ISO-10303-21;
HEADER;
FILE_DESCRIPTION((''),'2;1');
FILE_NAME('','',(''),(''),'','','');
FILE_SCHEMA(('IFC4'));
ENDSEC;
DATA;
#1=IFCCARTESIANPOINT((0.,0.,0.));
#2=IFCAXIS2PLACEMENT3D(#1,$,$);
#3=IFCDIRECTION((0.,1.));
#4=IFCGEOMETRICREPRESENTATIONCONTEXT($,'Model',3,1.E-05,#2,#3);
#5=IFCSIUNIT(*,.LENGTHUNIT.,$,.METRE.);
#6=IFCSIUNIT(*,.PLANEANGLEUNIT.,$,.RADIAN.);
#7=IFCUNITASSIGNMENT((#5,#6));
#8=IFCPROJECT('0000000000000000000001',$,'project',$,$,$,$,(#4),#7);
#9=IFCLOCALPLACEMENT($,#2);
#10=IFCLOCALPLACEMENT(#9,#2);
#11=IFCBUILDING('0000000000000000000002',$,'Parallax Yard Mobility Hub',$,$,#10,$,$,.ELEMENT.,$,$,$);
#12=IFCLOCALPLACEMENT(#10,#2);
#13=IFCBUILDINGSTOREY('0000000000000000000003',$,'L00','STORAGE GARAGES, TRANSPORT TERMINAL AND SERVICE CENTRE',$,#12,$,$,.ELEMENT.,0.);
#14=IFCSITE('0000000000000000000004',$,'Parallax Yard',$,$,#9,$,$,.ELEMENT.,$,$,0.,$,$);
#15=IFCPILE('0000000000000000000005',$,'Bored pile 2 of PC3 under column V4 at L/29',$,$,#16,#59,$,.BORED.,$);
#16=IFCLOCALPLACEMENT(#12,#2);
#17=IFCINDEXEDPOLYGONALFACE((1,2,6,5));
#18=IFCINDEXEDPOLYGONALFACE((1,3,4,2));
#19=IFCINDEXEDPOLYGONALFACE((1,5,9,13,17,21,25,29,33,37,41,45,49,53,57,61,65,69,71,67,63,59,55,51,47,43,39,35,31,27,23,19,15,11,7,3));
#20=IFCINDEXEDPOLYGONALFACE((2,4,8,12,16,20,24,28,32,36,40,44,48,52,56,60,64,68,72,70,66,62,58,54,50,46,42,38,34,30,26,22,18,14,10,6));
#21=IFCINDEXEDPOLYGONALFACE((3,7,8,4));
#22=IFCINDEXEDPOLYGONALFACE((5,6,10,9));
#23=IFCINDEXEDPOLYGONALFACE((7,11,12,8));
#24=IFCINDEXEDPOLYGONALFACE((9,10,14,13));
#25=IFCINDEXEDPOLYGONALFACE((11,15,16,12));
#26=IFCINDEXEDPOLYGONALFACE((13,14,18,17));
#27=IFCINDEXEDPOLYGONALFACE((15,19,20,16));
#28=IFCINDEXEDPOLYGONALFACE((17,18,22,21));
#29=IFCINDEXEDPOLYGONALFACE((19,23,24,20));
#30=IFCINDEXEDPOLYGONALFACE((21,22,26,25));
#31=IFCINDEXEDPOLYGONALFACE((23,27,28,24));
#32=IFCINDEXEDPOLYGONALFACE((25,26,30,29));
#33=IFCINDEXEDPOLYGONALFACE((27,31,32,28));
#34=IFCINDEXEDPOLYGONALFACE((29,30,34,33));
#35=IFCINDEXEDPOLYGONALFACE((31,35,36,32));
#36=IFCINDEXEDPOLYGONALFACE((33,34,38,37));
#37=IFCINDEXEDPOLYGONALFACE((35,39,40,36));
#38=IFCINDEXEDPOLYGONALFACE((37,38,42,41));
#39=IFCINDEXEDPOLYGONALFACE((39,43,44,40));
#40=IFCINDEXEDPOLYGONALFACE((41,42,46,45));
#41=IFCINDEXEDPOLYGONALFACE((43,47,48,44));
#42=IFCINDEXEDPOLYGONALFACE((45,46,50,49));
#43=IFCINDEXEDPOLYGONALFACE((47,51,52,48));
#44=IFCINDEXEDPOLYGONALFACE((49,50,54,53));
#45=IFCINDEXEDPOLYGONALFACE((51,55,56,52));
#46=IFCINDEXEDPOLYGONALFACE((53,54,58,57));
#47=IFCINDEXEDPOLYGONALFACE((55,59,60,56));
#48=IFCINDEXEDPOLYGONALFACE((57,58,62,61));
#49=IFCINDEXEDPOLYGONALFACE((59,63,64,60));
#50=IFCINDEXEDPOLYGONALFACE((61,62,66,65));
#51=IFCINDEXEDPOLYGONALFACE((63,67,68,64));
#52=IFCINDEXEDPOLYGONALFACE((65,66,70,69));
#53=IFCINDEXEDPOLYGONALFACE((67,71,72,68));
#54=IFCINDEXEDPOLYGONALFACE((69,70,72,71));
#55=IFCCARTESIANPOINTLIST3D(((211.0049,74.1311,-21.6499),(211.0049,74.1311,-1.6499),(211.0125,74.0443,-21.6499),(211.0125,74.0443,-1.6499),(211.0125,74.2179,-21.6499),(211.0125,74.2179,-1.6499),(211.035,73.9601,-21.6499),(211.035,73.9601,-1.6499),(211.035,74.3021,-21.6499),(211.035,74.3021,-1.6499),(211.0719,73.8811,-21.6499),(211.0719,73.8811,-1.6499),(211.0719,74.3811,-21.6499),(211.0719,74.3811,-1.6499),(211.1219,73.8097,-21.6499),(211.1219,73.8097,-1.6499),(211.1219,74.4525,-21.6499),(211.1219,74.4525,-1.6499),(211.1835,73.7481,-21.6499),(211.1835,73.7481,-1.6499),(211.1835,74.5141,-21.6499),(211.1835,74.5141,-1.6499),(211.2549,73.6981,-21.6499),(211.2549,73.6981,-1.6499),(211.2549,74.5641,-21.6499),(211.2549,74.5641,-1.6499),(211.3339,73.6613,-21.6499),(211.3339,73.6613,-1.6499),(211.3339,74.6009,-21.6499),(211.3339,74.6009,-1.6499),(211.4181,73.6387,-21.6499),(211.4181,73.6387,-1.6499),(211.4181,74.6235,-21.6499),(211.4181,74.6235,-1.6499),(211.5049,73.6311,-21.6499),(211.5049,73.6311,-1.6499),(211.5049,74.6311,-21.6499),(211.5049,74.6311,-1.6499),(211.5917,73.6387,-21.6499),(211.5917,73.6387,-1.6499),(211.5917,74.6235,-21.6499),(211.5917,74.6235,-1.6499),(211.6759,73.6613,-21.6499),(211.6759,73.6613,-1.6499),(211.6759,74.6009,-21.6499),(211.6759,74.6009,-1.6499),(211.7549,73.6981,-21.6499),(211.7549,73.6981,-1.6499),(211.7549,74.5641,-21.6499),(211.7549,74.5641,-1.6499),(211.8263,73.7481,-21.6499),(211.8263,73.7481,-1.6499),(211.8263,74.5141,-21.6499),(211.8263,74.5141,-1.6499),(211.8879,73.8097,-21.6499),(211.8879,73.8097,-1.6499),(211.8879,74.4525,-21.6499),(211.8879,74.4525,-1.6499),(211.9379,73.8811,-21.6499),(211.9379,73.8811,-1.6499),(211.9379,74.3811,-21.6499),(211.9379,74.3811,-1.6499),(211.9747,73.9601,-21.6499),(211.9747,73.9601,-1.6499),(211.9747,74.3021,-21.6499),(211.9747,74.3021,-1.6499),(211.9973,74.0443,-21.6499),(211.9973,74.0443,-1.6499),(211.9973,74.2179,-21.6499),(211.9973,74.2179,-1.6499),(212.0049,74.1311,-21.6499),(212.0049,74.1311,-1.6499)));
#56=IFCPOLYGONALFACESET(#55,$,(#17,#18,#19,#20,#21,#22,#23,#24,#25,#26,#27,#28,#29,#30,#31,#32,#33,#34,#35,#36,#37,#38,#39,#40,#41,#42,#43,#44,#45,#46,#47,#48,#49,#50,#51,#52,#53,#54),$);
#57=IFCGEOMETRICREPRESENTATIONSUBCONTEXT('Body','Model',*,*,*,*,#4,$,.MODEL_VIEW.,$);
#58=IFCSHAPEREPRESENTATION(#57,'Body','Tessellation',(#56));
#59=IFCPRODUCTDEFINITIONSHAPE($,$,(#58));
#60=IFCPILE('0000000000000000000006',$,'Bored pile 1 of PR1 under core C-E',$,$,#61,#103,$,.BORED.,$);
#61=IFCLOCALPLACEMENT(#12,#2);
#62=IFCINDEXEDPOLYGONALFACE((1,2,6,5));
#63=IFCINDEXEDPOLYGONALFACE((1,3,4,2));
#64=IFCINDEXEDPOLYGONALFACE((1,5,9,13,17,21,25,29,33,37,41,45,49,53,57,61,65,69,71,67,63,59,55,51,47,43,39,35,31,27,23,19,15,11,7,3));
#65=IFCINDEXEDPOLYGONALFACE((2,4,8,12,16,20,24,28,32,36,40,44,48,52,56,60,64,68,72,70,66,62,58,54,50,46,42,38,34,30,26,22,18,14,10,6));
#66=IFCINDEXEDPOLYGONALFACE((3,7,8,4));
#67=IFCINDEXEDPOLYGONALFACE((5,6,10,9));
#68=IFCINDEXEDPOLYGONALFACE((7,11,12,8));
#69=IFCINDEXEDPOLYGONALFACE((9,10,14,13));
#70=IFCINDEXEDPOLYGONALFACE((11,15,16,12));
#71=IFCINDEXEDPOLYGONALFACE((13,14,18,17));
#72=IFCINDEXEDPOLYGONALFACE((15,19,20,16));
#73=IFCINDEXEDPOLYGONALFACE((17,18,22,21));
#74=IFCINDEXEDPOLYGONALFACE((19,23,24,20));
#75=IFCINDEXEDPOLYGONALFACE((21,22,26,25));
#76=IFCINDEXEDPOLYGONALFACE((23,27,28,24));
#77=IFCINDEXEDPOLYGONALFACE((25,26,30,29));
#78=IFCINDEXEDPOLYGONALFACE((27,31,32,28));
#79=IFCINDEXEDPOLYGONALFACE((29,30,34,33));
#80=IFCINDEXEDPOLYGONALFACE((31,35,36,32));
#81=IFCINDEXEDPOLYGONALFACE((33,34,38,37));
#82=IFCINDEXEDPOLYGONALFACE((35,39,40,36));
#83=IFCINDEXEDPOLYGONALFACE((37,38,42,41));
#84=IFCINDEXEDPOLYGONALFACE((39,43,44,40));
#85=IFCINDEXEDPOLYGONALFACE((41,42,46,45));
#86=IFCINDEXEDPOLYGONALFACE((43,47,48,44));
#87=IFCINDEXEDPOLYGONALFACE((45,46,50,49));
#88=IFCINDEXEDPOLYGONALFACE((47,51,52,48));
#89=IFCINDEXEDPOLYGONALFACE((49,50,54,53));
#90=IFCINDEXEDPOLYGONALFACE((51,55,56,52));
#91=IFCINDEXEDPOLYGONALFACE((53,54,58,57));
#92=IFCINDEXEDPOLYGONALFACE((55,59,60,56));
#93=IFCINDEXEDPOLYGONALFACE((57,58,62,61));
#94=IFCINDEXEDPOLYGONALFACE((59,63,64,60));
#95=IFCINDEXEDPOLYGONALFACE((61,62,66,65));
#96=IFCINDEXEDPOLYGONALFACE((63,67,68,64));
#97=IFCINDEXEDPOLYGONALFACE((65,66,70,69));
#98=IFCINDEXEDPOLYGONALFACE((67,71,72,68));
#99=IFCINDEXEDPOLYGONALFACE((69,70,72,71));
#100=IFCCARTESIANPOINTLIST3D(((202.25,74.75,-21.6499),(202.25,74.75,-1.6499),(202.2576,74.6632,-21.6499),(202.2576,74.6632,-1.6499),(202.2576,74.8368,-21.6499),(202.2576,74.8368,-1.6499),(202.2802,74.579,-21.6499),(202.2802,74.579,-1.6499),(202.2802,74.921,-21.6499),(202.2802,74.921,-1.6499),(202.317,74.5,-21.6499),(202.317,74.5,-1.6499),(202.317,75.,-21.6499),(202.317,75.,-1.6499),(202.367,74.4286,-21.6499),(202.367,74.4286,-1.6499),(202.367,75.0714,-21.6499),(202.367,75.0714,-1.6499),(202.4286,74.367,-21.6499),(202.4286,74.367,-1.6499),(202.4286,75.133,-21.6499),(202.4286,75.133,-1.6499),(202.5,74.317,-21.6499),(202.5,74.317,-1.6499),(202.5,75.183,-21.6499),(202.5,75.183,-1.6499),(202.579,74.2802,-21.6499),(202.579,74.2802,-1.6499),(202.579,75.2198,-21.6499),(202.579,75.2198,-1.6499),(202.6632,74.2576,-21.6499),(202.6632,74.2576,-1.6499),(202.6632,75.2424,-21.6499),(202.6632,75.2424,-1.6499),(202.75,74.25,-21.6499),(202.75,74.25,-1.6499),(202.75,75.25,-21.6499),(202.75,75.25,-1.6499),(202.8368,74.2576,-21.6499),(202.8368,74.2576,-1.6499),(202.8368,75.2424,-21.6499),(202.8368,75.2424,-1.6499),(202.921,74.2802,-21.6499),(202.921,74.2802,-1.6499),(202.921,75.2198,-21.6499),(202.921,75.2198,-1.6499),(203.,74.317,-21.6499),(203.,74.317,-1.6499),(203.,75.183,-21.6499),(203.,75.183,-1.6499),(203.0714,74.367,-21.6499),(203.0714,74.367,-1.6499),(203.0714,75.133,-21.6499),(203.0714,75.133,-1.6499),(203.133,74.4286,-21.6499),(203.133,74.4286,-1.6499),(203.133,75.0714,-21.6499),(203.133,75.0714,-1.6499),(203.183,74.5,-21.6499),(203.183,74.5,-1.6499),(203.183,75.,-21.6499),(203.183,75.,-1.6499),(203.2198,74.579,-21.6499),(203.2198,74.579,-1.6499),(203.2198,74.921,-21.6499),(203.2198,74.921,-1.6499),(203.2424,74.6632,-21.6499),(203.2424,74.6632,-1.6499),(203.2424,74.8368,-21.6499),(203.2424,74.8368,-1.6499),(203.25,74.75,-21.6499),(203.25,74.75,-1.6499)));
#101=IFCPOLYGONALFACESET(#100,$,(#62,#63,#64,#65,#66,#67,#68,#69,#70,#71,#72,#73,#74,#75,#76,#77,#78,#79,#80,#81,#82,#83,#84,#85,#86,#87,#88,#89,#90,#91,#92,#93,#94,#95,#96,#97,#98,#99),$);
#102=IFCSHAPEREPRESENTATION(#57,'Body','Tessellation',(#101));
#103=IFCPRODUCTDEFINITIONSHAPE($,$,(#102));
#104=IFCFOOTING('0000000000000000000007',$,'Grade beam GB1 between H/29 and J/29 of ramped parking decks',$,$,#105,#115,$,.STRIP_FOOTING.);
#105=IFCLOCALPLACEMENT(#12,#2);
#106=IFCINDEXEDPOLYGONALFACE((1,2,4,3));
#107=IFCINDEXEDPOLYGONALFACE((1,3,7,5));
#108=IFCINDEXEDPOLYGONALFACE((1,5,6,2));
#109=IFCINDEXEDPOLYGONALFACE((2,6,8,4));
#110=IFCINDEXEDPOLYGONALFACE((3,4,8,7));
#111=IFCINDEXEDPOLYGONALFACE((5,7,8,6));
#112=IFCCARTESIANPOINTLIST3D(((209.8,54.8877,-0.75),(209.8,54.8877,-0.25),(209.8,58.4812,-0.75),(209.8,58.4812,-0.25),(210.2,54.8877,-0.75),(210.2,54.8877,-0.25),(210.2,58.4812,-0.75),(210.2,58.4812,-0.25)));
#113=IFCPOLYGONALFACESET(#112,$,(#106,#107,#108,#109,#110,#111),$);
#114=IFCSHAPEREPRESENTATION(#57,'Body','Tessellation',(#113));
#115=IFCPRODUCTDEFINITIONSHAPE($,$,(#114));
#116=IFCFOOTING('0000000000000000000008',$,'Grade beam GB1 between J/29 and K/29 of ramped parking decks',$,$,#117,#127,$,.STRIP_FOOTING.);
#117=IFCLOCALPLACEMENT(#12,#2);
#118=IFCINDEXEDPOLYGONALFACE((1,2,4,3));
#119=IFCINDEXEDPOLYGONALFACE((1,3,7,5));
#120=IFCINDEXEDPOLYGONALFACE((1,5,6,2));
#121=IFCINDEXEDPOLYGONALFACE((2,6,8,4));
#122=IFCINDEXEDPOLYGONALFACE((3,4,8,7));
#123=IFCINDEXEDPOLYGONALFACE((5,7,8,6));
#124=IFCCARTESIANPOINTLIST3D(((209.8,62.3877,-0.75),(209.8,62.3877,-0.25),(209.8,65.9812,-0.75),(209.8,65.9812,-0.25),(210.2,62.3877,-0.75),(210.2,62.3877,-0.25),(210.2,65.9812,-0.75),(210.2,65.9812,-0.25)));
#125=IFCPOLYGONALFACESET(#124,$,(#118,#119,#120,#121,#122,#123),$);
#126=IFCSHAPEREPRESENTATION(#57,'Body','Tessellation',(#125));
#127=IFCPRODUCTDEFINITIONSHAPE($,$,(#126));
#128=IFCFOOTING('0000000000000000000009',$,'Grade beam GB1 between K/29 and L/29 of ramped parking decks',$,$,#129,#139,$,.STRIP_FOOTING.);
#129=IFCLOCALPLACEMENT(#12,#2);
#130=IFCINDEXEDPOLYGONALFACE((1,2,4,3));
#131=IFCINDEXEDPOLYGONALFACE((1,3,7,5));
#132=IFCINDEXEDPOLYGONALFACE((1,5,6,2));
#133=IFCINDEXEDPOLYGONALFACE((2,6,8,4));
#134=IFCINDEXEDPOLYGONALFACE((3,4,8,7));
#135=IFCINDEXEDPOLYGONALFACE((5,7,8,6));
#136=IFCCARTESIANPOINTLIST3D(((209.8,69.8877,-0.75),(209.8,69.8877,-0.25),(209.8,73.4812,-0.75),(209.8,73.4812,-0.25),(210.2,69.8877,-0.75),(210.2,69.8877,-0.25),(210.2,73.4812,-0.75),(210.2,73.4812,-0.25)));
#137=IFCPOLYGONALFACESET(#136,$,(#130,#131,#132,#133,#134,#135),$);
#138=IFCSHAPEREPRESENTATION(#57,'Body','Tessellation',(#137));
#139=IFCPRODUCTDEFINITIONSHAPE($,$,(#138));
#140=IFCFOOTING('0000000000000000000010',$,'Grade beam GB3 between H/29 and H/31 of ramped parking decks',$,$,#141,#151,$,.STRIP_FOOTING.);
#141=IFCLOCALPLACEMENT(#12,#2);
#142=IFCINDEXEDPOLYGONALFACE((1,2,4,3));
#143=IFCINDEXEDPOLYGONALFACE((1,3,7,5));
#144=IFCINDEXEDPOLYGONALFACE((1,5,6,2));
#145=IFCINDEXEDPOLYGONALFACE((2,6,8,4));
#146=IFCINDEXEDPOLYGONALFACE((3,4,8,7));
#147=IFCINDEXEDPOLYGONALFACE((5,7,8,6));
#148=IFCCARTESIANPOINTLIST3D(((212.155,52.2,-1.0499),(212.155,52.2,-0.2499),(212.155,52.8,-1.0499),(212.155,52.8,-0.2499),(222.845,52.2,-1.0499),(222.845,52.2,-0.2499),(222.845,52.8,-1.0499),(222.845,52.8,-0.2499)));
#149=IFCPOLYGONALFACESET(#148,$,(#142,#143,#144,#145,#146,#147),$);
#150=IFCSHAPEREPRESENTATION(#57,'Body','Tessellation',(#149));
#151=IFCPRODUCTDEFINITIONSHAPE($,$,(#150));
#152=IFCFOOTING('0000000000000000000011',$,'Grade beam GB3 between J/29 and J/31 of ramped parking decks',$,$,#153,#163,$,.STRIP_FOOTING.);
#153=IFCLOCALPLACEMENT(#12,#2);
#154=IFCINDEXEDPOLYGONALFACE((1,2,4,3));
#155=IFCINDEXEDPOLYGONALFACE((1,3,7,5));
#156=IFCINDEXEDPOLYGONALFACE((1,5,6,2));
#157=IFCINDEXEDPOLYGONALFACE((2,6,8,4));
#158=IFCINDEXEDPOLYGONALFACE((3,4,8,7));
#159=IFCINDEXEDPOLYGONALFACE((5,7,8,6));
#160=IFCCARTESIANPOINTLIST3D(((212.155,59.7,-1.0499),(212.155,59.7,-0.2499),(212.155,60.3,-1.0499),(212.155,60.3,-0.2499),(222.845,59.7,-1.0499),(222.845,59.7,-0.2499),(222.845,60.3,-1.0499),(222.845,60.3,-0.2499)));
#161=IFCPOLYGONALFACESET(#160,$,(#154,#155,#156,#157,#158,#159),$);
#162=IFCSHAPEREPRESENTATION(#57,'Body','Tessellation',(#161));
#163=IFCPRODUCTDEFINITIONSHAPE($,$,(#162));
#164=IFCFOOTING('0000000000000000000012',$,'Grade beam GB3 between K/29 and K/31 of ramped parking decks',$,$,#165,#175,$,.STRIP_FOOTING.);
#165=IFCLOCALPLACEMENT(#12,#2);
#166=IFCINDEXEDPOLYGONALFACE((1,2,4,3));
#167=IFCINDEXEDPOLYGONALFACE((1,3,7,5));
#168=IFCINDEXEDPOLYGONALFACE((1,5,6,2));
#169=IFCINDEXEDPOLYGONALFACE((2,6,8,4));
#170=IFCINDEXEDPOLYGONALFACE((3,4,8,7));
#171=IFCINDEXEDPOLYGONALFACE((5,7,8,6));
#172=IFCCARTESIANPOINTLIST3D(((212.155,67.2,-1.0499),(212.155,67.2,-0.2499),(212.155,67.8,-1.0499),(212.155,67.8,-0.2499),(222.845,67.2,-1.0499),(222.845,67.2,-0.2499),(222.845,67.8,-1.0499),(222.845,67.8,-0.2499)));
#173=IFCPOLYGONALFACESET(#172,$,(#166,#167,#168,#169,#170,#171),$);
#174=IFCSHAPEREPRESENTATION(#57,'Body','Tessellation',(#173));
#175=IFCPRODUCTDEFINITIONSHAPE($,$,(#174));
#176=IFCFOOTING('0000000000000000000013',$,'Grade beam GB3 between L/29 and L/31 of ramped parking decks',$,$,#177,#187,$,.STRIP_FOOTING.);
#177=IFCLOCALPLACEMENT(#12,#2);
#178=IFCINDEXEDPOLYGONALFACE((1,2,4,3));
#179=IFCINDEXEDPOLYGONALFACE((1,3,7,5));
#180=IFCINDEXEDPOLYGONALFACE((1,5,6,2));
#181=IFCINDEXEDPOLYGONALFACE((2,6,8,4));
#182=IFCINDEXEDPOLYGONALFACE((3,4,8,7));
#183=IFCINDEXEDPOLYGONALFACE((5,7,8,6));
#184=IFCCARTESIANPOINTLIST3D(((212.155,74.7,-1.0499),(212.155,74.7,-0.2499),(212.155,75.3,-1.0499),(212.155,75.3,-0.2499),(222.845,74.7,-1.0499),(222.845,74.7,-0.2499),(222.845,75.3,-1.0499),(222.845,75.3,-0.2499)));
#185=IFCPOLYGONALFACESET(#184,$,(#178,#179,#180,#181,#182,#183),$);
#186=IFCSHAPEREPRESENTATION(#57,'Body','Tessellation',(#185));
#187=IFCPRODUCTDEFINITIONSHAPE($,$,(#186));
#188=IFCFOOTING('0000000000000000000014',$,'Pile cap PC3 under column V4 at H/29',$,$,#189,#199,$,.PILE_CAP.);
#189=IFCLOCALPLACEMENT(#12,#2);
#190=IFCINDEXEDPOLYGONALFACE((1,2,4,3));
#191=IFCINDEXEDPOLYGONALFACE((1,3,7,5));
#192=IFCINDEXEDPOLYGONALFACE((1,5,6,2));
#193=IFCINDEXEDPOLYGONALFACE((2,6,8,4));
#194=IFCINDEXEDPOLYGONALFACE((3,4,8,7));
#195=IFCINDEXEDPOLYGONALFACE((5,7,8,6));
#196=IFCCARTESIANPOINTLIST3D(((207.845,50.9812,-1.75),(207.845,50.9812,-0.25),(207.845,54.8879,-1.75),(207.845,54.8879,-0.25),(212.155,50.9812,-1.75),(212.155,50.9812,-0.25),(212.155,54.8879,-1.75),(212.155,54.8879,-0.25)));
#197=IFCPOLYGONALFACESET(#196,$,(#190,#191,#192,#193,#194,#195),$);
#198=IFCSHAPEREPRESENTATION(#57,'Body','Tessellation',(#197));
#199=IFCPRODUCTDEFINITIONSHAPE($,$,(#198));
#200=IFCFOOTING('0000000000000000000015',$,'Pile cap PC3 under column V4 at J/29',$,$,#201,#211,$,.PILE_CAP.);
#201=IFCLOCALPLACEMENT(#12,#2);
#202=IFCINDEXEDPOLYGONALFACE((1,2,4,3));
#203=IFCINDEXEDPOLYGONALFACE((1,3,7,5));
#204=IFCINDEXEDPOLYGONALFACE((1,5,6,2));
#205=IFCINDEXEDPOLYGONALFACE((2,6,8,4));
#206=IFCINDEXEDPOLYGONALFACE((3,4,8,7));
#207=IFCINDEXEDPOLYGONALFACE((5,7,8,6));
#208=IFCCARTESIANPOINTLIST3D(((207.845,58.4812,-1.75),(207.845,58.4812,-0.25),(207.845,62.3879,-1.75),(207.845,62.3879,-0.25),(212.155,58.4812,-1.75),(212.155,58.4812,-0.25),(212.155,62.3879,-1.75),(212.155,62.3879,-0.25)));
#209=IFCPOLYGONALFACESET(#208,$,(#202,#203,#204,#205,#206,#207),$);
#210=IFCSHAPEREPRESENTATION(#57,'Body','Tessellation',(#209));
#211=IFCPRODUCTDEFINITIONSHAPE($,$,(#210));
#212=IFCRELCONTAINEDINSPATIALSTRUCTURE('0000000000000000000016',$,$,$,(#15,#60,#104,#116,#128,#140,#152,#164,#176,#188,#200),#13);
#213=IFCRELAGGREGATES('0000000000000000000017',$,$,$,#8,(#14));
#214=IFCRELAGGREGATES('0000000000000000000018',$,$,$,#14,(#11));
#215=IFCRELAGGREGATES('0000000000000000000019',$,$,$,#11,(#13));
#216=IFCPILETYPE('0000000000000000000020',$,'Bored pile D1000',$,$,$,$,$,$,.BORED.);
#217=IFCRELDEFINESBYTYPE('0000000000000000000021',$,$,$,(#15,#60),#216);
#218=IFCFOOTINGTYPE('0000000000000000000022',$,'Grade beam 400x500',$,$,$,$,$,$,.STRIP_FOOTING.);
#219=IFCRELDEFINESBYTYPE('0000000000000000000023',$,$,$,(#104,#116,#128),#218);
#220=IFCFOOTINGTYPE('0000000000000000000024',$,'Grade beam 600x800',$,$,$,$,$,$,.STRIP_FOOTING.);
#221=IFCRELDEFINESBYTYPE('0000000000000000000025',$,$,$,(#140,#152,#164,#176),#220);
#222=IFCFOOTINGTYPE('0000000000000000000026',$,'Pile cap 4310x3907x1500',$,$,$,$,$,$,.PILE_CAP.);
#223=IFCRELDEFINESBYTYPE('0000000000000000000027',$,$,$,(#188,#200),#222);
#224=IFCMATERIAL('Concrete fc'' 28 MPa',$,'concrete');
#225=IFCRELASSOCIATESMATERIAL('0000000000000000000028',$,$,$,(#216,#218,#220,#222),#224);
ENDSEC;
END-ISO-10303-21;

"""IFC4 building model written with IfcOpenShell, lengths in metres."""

from ifc_helpers import new_model, si_unit, direction, frame, origin, origin_2d, place, context, subcontext, project, spatial, rectangle, circle, extrude, material, material_profile, profile_set, type_object, element, save


model = new_model("IFC4")

# Units and contexts
model_context = context("Model", 3, precision=1e-05, world=origin(), true_north=direction((0.0, 1.0)))
body_context = subcontext(model_context, "Body", "Model", "MODEL_VIEW")
ifc_project = project(units=[si_unit("LENGTHUNIT", "METRE"), si_unit("PLANEANGLEUNIT", "RADIAN")], contexts=[model_context])

# Site, building, storey
site_placement = place(None, origin())
site = spatial("IfcSite", under=ifc_project, at=site_placement, Name="Parallax Yard", CompositionType="ELEMENT", RefElevation=0.0)
building_placement = place(site_placement, origin())
building = spatial("IfcBuilding", under=site, at=building_placement, Name="Parallax Yard Mobility Hub", CompositionType="ELEMENT")
storey_placement = place(building_placement, origin())
storey = spatial("IfcBuildingStorey", under=building, at=storey_placement, Name="L00", Description="STORAGE GARAGES, TRANSPORT TERMINAL AND SERVICE CENTRE", CompositionType="ELEMENT", Elevation=0.0)

# Piles
ifc_material_1 = material(Name="Concrete fc' 28 MPa", Category="concrete")
ifc_material_profile_1 = material_profile(ifc_material_1, circle(Radius=0.5, at=origin_2d()), Name="Bored pile D1000")
ifc_profile_set_1 = profile_set([ifc_material_profile_1], Name="Concrete fc' 28 MPa")
pile_type = type_object("IfcPileType", Name="Bored pile D1000", PredefinedType="BORED", material=ifc_profile_set_1)
for number, where, z_axis, x_axis, name in (
    (1, (211.5049, 74.1311, -1.6499), (0.0, 0.0, -1.0), (1.0, 0.0, 0.0), "Bored pile 2 of PC3 under column V4 at L/29"),
    (2, (202.75, 74.75, -1.6499), (0.0, 0.0, -1.0), (1.0, 0.0, 0.0), "Bored pile 1 of PR1 under core C-E"),
):
    element("IfcPile", number, at=place(storey_placement, frame(where, z_axis=z_axis, x_axis=x_axis)), inside=storey, type_object=pile_type, Name=name, PredefinedType="BORED", context=body_context, shape_type="SweptSolid", body=[
        extrude(circle(Radius=0.5, at=origin_2d()), origin(), (0.0, 0.0, 1.0), 20.0),
    ])

# Footings
ifc_material_profile_2 = material_profile(ifc_material_1, rectangle(XDim=0.3999, YDim=0.5, at=origin_2d()), Name="Grade beam 400x500")
ifc_profile_set_2 = profile_set([ifc_material_profile_2], Name="Concrete fc' 28 MPa")
footing_type_1 = type_object("IfcFootingType", Name="Grade beam 400x500", PredefinedType="STRIP_FOOTING", material=ifc_profile_set_2)
for number, where, z_axis, x_axis, name in (
    (3, (210.0, 54.8877, -0.5), (0.0, 1.0, 0.0), (-1.0, 0.0, 0.0), "Grade beam GB1 between H/29 and J/29 of ramped parking decks"),
    (4, (210.0, 62.3877, -0.5), (0.0, 1.0, 0.0), (-1.0, 0.0, 0.0), "Grade beam GB1 between J/29 and K/29 of ramped parking decks"),
    (5, (210.0, 69.8877, -0.5), (0.0, 1.0, 0.0), (-1.0, 0.0, 0.0), "Grade beam GB1 between K/29 and L/29 of ramped parking decks"),
):
    element("IfcFooting", number, at=place(storey_placement, frame(where, z_axis=z_axis, x_axis=x_axis)), inside=storey, type_object=footing_type_1, Name=name, PredefinedType="STRIP_FOOTING", context=body_context, shape_type="SweptSolid", body=[
        extrude(rectangle(XDim=0.3999, YDim=0.5, at=origin_2d()), origin(), (0.0, 0.0, 1.0), 3.5935),
    ])
ifc_material_profile_3 = material_profile(ifc_material_1, rectangle(XDim=0.6001, YDim=0.8, at=origin_2d()), Name="Grade beam 600x800")
ifc_profile_set_3 = profile_set([ifc_material_profile_3], Name="Concrete fc' 28 MPa")
footing_type_2 = type_object("IfcFootingType", Name="Grade beam 600x800", PredefinedType="STRIP_FOOTING", material=ifc_profile_set_3)
for number, where, z_axis, x_axis, name in (
    (6, (212.155, 52.5, -0.6499), (1.0, 0.0, 0.0), (0.0, 1.0, 0.0), "Grade beam GB3 between H/29 and H/31 of ramped parking decks"),
    (7, (212.155, 60.0, -0.6499), (1.0, 0.0, 0.0), (0.0, 1.0, 0.0), "Grade beam GB3 between J/29 and J/31 of ramped parking decks"),
    (8, (212.155, 67.5, -0.6499), (1.0, 0.0, 0.0), (0.0, 1.0, 0.0), "Grade beam GB3 between K/29 and K/31 of ramped parking decks"),
    (9, (212.155, 75.0, -0.6499), (1.0, 0.0, 0.0), (0.0, 1.0, 0.0), "Grade beam GB3 between L/29 and L/31 of ramped parking decks"),
):
    element("IfcFooting", number, at=place(storey_placement, frame(where, z_axis=z_axis, x_axis=x_axis)), inside=storey, type_object=footing_type_2, Name=name, PredefinedType="STRIP_FOOTING", context=body_context, shape_type="SweptSolid", body=[
        extrude(rectangle(XDim=0.6001, YDim=0.8, at=origin_2d()), origin(), (0.0, 0.0, 1.0), 10.6899),
    ])
footing_type_3 = type_object("IfcFootingType", Name="Pile cap 4310x3907x1500", PredefinedType="PILE_CAP", material=ifc_material_1)
for number, where, z_axis, x_axis, name in (
    (10, (210.0, 52.9346, -1.75), (0.0, 0.0, 1.0), (1.0, 0.0, 0.0), "Pile cap PC3 under column V4 at H/29"),
    (11, (210.0, 60.4346, -1.75), (0.0, 0.0, 1.0), (1.0, 0.0, 0.0), "Pile cap PC3 under column V4 at J/29"),
):
    element("IfcFooting", number, at=place(storey_placement, frame(where, z_axis=z_axis, x_axis=x_axis)), inside=storey, type_object=footing_type_3, Name=name, PredefinedType="PILE_CAP", context=body_context, shape_type="SweptSolid", body=[
        extrude(rectangle(XDim=4.3101, YDim=3.9067, at=origin_2d()), origin(), (0.0, 0.0, 1.0), 1.5),
    ])

save(model, "model.ifc")
